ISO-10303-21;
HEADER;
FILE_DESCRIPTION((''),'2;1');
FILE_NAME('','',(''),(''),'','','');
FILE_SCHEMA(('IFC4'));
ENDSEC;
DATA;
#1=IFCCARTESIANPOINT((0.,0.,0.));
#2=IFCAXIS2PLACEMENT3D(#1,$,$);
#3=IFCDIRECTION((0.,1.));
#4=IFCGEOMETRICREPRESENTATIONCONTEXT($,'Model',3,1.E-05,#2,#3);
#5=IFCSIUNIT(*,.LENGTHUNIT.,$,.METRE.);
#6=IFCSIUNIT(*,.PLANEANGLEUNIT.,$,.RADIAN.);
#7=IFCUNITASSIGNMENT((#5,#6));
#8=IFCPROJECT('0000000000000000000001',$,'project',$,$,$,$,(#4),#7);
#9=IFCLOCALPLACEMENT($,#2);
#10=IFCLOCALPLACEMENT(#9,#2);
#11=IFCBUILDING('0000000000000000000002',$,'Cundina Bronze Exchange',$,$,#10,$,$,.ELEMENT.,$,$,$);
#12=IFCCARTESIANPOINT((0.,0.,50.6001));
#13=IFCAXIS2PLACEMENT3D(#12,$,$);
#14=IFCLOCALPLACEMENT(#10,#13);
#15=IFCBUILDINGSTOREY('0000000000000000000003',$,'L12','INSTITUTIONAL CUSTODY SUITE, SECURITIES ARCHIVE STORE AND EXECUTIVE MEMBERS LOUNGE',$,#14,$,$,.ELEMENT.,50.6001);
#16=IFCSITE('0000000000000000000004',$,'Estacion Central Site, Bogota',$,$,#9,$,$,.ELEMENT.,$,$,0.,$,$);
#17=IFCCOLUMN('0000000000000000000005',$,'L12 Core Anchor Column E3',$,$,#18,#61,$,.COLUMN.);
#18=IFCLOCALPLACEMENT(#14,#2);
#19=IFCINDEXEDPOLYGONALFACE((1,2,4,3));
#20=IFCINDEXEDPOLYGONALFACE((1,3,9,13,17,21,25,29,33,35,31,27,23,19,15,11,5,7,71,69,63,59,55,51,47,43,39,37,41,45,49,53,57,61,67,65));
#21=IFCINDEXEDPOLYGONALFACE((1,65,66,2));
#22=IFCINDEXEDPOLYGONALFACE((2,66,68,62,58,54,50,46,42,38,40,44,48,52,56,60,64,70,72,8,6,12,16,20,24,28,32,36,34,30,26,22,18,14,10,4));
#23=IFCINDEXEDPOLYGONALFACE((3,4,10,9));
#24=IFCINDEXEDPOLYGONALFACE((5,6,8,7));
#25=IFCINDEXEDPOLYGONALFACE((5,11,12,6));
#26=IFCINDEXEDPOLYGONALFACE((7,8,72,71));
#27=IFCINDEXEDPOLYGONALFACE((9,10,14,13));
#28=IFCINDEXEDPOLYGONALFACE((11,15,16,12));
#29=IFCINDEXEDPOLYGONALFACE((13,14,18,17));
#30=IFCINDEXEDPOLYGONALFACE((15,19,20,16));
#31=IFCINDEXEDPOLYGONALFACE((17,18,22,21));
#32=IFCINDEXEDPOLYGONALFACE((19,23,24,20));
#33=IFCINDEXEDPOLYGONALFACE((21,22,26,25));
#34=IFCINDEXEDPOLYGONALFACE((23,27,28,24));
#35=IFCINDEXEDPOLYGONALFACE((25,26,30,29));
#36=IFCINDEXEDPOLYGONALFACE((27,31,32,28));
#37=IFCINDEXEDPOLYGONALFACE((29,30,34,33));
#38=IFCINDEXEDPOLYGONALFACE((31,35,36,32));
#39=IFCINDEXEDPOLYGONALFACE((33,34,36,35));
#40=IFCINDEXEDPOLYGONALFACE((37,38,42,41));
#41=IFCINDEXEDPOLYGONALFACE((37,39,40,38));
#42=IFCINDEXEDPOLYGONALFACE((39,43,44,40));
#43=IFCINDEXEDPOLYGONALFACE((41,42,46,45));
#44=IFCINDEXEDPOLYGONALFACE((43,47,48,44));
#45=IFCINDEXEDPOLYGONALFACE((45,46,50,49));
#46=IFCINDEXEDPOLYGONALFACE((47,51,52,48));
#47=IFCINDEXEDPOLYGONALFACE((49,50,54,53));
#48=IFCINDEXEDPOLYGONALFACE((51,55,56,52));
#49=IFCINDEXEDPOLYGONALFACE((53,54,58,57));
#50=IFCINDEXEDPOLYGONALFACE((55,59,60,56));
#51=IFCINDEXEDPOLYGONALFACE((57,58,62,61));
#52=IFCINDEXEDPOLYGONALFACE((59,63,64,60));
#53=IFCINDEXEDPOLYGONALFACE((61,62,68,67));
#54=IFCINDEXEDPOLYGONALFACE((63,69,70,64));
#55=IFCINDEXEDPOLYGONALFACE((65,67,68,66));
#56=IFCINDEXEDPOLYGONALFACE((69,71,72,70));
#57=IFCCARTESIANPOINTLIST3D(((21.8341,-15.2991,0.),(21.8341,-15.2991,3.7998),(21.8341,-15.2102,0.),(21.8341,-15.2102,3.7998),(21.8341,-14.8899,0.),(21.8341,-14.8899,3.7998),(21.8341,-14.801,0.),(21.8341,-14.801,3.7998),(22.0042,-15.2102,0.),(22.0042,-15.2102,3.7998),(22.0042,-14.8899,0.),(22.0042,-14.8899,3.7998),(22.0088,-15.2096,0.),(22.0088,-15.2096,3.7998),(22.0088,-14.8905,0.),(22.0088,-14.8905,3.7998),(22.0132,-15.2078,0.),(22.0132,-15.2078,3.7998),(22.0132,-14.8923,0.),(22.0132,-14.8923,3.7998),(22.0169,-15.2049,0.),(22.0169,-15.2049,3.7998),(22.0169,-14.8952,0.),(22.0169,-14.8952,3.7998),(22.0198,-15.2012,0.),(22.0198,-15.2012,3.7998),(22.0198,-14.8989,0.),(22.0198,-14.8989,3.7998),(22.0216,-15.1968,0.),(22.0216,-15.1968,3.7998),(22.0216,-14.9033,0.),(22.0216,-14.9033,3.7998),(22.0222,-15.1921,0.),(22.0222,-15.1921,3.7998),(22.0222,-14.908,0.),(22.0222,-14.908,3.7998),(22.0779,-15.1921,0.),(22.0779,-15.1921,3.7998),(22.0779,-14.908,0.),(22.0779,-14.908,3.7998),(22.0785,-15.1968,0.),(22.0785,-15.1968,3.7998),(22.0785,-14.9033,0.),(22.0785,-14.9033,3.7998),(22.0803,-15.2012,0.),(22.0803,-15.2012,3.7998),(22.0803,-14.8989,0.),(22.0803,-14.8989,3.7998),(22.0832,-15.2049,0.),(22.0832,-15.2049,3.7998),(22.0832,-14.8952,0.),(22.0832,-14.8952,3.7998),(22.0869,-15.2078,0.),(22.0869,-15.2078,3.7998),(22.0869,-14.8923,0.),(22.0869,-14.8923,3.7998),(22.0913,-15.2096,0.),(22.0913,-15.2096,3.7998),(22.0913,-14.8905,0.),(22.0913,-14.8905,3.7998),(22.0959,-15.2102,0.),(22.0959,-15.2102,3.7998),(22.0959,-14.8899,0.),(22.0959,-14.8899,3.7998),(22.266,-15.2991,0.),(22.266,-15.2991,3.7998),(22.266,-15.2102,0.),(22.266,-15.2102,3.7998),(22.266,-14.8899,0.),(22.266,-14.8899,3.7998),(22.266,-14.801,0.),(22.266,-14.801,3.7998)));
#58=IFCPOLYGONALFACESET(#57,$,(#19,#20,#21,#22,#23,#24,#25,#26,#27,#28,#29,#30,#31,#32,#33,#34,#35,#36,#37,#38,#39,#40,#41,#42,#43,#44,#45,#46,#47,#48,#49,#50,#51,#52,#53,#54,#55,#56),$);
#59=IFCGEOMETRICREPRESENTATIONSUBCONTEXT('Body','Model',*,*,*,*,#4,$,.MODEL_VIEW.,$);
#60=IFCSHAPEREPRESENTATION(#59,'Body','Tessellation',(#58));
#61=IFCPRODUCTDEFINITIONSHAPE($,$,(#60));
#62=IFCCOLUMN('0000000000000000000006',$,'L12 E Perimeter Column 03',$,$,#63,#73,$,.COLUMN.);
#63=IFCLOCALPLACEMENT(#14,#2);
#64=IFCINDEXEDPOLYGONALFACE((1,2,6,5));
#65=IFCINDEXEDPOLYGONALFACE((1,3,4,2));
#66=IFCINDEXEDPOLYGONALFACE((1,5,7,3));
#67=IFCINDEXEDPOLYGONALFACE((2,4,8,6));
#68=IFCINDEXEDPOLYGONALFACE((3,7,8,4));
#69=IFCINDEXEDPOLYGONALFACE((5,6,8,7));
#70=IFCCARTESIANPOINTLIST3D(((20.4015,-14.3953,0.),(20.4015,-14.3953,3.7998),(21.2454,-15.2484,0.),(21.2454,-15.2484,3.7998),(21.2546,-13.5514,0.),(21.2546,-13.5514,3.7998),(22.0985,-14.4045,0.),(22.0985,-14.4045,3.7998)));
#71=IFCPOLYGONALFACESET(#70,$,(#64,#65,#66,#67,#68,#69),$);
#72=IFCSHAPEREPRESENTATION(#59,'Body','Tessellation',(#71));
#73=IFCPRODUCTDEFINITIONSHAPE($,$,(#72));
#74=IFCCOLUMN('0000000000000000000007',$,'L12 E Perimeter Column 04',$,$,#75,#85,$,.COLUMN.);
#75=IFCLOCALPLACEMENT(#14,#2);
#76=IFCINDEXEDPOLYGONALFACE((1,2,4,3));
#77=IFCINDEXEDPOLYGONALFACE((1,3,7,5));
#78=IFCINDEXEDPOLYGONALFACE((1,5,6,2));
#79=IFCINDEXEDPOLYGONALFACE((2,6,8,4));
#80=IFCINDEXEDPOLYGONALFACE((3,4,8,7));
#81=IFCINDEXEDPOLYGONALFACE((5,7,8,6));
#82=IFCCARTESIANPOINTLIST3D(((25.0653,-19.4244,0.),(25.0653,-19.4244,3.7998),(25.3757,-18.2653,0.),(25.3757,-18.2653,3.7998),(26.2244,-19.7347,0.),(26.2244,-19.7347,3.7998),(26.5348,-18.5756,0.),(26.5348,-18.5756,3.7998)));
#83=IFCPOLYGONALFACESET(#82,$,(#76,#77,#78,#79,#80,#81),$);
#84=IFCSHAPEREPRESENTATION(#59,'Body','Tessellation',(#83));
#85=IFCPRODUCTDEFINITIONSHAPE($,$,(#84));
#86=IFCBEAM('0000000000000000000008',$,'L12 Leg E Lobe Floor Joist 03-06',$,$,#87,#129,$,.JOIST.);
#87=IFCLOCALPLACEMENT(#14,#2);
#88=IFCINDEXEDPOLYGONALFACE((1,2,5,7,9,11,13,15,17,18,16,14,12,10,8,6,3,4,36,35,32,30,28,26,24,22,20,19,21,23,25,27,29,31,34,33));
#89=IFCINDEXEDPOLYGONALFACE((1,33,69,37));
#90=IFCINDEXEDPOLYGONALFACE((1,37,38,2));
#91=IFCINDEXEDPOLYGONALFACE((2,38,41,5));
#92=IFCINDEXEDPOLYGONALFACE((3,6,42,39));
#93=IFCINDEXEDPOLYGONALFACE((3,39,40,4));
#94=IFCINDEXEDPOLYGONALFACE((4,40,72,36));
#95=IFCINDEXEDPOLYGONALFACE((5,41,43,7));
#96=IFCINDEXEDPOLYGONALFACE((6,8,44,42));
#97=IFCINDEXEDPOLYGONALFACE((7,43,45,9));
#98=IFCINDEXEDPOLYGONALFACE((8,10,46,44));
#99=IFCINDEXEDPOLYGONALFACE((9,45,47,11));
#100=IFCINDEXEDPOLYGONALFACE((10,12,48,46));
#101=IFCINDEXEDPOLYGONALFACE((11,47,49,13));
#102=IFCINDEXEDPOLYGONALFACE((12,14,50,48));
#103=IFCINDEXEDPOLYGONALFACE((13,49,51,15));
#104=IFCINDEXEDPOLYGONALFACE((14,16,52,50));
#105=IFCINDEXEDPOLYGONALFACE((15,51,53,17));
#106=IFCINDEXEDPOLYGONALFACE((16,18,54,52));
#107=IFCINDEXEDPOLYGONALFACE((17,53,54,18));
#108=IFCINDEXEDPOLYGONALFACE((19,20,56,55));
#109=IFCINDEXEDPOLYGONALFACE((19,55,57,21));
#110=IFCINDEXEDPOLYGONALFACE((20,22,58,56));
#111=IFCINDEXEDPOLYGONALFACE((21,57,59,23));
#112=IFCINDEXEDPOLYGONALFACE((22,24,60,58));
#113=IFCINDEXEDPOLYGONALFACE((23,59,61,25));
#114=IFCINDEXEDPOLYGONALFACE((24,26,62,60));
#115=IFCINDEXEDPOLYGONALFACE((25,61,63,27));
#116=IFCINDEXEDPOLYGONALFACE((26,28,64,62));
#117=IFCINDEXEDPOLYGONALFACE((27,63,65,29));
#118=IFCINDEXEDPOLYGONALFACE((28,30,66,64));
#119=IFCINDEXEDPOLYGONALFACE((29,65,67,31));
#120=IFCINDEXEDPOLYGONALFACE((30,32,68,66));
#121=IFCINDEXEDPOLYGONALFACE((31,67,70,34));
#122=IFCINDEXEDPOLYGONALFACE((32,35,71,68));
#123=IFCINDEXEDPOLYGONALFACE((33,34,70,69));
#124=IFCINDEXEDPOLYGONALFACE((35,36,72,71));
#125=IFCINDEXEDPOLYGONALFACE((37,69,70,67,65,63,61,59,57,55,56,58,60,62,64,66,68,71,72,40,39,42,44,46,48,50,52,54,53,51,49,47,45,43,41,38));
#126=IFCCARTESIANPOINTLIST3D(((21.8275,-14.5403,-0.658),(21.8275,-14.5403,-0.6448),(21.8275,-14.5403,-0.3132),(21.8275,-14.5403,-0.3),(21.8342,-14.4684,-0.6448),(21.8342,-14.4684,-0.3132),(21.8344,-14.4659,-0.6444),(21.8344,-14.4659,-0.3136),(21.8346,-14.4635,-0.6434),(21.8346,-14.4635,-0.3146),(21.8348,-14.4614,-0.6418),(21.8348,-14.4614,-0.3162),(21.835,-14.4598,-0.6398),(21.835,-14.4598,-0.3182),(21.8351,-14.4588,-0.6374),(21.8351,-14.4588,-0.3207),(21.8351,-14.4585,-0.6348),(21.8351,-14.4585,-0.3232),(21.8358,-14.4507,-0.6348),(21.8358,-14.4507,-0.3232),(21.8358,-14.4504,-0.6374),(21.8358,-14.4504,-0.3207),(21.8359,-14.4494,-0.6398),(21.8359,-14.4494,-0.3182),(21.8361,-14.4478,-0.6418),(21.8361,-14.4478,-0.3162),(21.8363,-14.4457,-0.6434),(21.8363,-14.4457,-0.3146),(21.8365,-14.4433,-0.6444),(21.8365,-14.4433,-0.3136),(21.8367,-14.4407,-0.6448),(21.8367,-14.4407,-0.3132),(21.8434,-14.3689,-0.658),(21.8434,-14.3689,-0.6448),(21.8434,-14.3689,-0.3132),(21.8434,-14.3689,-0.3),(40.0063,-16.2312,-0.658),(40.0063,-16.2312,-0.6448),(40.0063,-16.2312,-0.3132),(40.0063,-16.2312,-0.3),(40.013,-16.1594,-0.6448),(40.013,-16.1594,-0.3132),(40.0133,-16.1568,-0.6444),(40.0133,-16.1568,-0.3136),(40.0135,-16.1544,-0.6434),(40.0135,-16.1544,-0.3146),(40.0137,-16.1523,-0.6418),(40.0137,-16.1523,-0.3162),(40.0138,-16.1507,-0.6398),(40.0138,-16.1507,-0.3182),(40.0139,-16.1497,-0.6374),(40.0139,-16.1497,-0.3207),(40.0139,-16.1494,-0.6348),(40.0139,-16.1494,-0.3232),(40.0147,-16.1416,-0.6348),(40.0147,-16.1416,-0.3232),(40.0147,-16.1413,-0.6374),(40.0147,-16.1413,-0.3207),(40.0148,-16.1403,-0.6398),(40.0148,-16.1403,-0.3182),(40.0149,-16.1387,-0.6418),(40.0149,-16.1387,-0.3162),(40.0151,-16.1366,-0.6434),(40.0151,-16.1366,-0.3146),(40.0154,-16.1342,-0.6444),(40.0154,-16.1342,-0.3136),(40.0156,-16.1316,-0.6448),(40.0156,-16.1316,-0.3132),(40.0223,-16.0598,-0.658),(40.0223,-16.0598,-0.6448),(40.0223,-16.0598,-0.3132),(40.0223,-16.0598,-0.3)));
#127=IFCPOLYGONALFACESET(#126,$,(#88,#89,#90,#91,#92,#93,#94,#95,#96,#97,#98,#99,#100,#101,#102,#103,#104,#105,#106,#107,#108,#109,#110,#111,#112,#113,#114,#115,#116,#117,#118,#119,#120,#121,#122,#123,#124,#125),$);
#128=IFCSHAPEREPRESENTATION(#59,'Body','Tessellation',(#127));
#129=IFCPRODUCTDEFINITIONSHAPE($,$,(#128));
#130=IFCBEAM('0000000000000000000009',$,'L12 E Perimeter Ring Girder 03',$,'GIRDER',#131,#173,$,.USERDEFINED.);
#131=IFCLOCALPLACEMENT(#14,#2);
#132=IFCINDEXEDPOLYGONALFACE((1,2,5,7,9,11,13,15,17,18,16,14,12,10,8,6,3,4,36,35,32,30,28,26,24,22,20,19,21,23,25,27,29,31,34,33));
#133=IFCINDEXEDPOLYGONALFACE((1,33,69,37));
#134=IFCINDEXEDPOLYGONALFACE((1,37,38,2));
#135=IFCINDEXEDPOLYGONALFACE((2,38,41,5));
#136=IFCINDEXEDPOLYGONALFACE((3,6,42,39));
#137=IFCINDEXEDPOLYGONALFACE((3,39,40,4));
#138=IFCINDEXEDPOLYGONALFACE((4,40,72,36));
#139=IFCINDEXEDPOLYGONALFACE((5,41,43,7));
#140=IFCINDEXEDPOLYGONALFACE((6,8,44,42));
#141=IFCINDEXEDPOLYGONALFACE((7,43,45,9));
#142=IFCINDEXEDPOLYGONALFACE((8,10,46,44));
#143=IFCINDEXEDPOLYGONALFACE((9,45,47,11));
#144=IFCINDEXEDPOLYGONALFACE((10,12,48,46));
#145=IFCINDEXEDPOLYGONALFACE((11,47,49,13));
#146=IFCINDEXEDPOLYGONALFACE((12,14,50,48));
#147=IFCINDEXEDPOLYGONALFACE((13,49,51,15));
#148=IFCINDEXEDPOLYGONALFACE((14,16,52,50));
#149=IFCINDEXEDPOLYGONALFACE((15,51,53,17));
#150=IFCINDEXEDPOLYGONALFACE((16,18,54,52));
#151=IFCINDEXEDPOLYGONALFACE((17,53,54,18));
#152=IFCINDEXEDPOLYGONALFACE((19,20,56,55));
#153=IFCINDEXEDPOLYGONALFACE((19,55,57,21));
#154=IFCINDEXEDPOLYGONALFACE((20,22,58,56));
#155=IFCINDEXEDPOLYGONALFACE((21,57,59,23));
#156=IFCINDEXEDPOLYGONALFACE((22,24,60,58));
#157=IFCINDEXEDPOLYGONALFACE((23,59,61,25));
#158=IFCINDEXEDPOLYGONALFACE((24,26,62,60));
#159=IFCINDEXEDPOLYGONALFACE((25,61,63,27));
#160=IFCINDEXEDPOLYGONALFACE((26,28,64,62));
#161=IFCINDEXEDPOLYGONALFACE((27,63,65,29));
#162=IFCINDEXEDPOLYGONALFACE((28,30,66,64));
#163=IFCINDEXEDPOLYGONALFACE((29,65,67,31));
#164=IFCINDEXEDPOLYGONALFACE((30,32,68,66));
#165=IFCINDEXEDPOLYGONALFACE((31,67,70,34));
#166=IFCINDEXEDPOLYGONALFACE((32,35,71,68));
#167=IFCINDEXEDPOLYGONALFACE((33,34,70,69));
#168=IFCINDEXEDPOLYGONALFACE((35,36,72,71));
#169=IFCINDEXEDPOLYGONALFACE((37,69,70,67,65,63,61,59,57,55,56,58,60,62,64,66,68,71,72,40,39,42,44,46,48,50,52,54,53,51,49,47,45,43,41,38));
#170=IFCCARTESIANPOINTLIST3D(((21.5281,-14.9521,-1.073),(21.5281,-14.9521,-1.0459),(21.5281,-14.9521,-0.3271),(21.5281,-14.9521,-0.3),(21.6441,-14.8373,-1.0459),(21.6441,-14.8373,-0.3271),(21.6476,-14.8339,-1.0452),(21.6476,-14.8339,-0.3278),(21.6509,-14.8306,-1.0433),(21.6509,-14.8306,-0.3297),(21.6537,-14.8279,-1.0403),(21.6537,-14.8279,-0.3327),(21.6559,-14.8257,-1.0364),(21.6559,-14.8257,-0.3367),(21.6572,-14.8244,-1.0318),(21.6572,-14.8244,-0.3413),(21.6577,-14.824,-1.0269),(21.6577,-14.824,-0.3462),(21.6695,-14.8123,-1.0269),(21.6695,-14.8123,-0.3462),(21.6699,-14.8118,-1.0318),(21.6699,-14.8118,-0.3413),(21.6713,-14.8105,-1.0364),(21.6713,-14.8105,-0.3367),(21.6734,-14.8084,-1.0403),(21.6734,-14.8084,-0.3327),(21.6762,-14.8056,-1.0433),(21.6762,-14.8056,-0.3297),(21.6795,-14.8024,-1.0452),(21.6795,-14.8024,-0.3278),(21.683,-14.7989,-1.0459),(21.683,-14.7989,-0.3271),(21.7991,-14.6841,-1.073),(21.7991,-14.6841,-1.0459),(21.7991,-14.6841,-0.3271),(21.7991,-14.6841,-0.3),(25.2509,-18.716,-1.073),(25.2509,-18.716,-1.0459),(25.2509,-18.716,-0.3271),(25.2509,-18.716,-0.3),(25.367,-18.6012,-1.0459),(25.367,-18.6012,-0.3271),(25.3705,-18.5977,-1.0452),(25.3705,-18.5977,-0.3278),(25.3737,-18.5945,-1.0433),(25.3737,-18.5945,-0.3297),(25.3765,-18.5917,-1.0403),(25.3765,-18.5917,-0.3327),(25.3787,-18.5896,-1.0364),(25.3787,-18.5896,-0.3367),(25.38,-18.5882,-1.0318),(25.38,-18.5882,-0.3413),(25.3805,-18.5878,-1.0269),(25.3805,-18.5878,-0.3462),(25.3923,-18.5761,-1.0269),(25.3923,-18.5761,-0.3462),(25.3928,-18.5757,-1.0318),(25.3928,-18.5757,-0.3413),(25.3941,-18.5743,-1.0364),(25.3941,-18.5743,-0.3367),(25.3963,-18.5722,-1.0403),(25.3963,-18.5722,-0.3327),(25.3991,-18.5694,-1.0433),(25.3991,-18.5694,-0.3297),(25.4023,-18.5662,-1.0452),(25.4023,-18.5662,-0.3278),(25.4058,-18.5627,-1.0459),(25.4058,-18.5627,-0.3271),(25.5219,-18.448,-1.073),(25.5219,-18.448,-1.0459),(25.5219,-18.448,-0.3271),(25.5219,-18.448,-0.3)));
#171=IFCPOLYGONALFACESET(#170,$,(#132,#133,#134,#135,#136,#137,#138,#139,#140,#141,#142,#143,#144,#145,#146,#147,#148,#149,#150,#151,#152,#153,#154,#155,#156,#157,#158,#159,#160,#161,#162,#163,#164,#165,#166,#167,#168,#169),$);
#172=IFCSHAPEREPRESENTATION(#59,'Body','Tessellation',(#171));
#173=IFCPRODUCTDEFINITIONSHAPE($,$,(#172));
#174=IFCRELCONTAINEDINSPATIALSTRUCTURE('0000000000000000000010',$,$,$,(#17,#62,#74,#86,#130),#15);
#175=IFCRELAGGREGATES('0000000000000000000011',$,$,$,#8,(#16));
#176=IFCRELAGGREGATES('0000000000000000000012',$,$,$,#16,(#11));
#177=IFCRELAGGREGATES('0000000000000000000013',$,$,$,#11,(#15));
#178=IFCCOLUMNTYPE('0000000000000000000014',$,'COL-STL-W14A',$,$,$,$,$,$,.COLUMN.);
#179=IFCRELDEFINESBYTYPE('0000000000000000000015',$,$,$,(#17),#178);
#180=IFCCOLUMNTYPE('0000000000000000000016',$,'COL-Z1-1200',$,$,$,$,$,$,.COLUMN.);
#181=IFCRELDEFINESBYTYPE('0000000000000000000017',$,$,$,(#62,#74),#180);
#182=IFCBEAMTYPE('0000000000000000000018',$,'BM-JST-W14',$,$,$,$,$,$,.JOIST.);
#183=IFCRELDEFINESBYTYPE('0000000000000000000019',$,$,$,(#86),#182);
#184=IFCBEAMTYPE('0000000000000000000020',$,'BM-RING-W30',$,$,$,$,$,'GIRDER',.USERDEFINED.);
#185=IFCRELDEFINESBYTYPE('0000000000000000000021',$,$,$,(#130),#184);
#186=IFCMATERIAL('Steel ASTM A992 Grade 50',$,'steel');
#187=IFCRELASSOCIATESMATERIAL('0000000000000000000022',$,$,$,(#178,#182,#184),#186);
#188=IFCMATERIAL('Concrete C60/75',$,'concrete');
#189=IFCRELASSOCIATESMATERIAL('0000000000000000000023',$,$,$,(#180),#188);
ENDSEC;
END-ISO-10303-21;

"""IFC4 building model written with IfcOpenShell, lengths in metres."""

from ifc_helpers import new_model, si_unit, direction, frame, origin, origin_2d, place, context, subcontext, project, spatial, rectangle, i_section, extrude, material, material_profile, profile_set, type_object, element, save


model = new_model("IFC4")

# Units and contexts
model_context = context("Model", 3, precision=1e-05, world=origin(), true_north=direction((0.0, 1.0)))
body_context = subcontext(model_context, "Body", "Model", "MODEL_VIEW")
ifc_project = project(units=[si_unit("LENGTHUNIT", "METRE"), si_unit("PLANEANGLEUNIT", "RADIAN")], contexts=[model_context])

# Site, building, storey
site_placement = place(None, origin())
site = spatial("IfcSite", under=ifc_project, at=site_placement, Name="Estacion Central Site, Bogota", CompositionType="ELEMENT", RefElevation=0.0)
building_placement = place(site_placement, origin())
building = spatial("IfcBuilding", under=site, at=building_placement, Name="Cundina Bronze Exchange", CompositionType="ELEMENT")
storey_placement = place(building_placement, frame((0.0, 0.0, 50.6001)))
storey = spatial("IfcBuildingStorey", under=building, at=storey_placement, Name="L12", Description="INSTITUTIONAL CUSTODY SUITE, SECURITIES ARCHIVE STORE AND EXECUTIVE MEMBERS LOUNGE", CompositionType="ELEMENT", Elevation=50.6001)

# Columns
ifc_material_1 = material(Name="Steel ASTM A992 Grade 50", Category="steel")
ifc_material_profile_1 = material_profile(ifc_material_1, i_section(OverallWidth=0.4319, OverallDepth=0.498, WebThickness=0.0557, FlangeThickness=0.0889, FilletRadius=0.0181, at=origin_2d()), Name="W14X500", Category="steel")
ifc_profile_set_1 = profile_set([ifc_material_profile_1], Name="Steel ASTM A992 Grade 50")
column_type_1 = type_object("IfcColumnType", Name="COL-STL-W14A", PredefinedType="COLUMN", material=ifc_profile_set_1)
column_placement = place(storey_placement, frame((22.05, -15.05, 0.0), z_axis=(0.0, 0.0, 1.0), x_axis=(1.0, 0.0, 0.0)))
element("IfcColumn", 1, at=column_placement, inside=storey, type_object=column_type_1, Name="L12 Core Anchor Column E3", PredefinedType="COLUMN", context=body_context, shape_type="SweptSolid", body=[
    extrude(i_section(OverallWidth=0.4319, OverallDepth=0.498, WebThickness=0.0557, FlangeThickness=0.0889, FilletRadius=0.0181, at=origin_2d()), origin(), (0.0, 0.0, 1.0), 3.7998),
])
ifc_material_2 = material(Name="Concrete C60/75", Category="concrete")
ifc_material_profile_2 = material_profile(ifc_material_2, rectangle(XDim=1.2, YDim=1.2, at=origin_2d()), Name="RC1200X1200", Category="concrete")
ifc_profile_set_2 = profile_set([ifc_material_profile_2], Name="Concrete C60/75")
column_type_2 = type_object("IfcColumnType", Name="COL-Z1-1200", PredefinedType="COLUMN", material=ifc_profile_set_2)
for number, where, z_axis, x_axis, name in (
    (2, (21.25, -14.3999, 0.0), (0.0, 0.0, 1.0), (0.703271, -0.710922, 0.0), "L12 E Perimeter Column 03"),
    (3, (25.8, -19.0, 0.0), (0.0, 0.0, 1.0), (0.965971, -0.25865, 0.0), "L12 E Perimeter Column 04"),
):
    element("IfcColumn", number, at=place(storey_placement, frame(where, z_axis=z_axis, x_axis=x_axis)), inside=storey, type_object=column_type_2, Name=name, PredefinedType="COLUMN", context=body_context, shape_type="SweptSolid", body=[
        extrude(rectangle(XDim=1.2, YDim=1.2, at=origin_2d()), origin(), (0.0, 0.0, 1.0), 3.7998),
    ])

# Beams
ifc_material_profile_3 = material_profile(ifc_material_1, i_section(OverallWidth=0.1721, OverallDepth=0.3579, WebThickness=0.0078, FlangeThickness=0.0132, FilletRadius=0.01, at=origin_2d()), Name="W14X38", Category="steel")
ifc_profile_set_3 = profile_set([ifc_material_profile_3], Name="Steel ASTM A992 Grade 50")
beam_type_1 = type_object("IfcBeamType", Name="BM-JST-W14", PredefinedType="JOIST", material=ifc_profile_set_3)
beam_1_placement = place(storey_placement, frame((21.8354, -14.4546, -0.479), z_axis=(0.995702, -0.092615, 0.0), x_axis=(0.092615, 0.995702, 0.0)))
element("IfcBeam", 4, at=beam_1_placement, inside=storey, type_object=beam_type_1, Name="L12 Leg E Lobe Floor Joist 03-06", PredefinedType="JOIST", context=body_context, shape_type="SweptSolid", body=[
    extrude(i_section(OverallWidth=0.1721, OverallDepth=0.3579, WebThickness=0.0078, FlangeThickness=0.0132, FilletRadius=0.01, at=origin_2d()), origin(), (0.0, 0.0, 1.0), 18.2573),
])
ifc_material_profile_4 = material_profile(ifc_material_1, i_section(OverallWidth=0.3811, OverallDepth=0.7729, WebThickness=0.0166, FlangeThickness=0.0271, FilletRadius=0.019, at=origin_2d()), Name="W30X173", Category="steel")
ifc_profile_set_4 = profile_set([ifc_material_profile_4], Name="Steel ASTM A992 Grade 50")
beam_type_2 = type_object("IfcBeamType", Name="BM-RING-W30", ElementType="GIRDER", PredefinedType="USERDEFINED", material=ifc_profile_set_4)
beam_2_placement = place(storey_placement, frame((21.6636, -14.8181, -0.6865), z_axis=(0.703222, -0.71097, 0.0), x_axis=(0.71097, 0.703222, 0.0)))
element("IfcBeam", 5, at=beam_2_placement, inside=storey, type_object=beam_type_2, Name="L12 E Perimeter Ring Girder 03", ObjectType="GIRDER", PredefinedType="USERDEFINED", context=body_context, shape_type="SweptSolid", body=[
    extrude(i_section(OverallWidth=0.3811, OverallDepth=0.7729, WebThickness=0.0166, FlangeThickness=0.0271, FilletRadius=0.019, at=origin_2d()), origin(), (0.0, 0.0, 1.0), 5.2939),
])

save(model, "model.ifc")
